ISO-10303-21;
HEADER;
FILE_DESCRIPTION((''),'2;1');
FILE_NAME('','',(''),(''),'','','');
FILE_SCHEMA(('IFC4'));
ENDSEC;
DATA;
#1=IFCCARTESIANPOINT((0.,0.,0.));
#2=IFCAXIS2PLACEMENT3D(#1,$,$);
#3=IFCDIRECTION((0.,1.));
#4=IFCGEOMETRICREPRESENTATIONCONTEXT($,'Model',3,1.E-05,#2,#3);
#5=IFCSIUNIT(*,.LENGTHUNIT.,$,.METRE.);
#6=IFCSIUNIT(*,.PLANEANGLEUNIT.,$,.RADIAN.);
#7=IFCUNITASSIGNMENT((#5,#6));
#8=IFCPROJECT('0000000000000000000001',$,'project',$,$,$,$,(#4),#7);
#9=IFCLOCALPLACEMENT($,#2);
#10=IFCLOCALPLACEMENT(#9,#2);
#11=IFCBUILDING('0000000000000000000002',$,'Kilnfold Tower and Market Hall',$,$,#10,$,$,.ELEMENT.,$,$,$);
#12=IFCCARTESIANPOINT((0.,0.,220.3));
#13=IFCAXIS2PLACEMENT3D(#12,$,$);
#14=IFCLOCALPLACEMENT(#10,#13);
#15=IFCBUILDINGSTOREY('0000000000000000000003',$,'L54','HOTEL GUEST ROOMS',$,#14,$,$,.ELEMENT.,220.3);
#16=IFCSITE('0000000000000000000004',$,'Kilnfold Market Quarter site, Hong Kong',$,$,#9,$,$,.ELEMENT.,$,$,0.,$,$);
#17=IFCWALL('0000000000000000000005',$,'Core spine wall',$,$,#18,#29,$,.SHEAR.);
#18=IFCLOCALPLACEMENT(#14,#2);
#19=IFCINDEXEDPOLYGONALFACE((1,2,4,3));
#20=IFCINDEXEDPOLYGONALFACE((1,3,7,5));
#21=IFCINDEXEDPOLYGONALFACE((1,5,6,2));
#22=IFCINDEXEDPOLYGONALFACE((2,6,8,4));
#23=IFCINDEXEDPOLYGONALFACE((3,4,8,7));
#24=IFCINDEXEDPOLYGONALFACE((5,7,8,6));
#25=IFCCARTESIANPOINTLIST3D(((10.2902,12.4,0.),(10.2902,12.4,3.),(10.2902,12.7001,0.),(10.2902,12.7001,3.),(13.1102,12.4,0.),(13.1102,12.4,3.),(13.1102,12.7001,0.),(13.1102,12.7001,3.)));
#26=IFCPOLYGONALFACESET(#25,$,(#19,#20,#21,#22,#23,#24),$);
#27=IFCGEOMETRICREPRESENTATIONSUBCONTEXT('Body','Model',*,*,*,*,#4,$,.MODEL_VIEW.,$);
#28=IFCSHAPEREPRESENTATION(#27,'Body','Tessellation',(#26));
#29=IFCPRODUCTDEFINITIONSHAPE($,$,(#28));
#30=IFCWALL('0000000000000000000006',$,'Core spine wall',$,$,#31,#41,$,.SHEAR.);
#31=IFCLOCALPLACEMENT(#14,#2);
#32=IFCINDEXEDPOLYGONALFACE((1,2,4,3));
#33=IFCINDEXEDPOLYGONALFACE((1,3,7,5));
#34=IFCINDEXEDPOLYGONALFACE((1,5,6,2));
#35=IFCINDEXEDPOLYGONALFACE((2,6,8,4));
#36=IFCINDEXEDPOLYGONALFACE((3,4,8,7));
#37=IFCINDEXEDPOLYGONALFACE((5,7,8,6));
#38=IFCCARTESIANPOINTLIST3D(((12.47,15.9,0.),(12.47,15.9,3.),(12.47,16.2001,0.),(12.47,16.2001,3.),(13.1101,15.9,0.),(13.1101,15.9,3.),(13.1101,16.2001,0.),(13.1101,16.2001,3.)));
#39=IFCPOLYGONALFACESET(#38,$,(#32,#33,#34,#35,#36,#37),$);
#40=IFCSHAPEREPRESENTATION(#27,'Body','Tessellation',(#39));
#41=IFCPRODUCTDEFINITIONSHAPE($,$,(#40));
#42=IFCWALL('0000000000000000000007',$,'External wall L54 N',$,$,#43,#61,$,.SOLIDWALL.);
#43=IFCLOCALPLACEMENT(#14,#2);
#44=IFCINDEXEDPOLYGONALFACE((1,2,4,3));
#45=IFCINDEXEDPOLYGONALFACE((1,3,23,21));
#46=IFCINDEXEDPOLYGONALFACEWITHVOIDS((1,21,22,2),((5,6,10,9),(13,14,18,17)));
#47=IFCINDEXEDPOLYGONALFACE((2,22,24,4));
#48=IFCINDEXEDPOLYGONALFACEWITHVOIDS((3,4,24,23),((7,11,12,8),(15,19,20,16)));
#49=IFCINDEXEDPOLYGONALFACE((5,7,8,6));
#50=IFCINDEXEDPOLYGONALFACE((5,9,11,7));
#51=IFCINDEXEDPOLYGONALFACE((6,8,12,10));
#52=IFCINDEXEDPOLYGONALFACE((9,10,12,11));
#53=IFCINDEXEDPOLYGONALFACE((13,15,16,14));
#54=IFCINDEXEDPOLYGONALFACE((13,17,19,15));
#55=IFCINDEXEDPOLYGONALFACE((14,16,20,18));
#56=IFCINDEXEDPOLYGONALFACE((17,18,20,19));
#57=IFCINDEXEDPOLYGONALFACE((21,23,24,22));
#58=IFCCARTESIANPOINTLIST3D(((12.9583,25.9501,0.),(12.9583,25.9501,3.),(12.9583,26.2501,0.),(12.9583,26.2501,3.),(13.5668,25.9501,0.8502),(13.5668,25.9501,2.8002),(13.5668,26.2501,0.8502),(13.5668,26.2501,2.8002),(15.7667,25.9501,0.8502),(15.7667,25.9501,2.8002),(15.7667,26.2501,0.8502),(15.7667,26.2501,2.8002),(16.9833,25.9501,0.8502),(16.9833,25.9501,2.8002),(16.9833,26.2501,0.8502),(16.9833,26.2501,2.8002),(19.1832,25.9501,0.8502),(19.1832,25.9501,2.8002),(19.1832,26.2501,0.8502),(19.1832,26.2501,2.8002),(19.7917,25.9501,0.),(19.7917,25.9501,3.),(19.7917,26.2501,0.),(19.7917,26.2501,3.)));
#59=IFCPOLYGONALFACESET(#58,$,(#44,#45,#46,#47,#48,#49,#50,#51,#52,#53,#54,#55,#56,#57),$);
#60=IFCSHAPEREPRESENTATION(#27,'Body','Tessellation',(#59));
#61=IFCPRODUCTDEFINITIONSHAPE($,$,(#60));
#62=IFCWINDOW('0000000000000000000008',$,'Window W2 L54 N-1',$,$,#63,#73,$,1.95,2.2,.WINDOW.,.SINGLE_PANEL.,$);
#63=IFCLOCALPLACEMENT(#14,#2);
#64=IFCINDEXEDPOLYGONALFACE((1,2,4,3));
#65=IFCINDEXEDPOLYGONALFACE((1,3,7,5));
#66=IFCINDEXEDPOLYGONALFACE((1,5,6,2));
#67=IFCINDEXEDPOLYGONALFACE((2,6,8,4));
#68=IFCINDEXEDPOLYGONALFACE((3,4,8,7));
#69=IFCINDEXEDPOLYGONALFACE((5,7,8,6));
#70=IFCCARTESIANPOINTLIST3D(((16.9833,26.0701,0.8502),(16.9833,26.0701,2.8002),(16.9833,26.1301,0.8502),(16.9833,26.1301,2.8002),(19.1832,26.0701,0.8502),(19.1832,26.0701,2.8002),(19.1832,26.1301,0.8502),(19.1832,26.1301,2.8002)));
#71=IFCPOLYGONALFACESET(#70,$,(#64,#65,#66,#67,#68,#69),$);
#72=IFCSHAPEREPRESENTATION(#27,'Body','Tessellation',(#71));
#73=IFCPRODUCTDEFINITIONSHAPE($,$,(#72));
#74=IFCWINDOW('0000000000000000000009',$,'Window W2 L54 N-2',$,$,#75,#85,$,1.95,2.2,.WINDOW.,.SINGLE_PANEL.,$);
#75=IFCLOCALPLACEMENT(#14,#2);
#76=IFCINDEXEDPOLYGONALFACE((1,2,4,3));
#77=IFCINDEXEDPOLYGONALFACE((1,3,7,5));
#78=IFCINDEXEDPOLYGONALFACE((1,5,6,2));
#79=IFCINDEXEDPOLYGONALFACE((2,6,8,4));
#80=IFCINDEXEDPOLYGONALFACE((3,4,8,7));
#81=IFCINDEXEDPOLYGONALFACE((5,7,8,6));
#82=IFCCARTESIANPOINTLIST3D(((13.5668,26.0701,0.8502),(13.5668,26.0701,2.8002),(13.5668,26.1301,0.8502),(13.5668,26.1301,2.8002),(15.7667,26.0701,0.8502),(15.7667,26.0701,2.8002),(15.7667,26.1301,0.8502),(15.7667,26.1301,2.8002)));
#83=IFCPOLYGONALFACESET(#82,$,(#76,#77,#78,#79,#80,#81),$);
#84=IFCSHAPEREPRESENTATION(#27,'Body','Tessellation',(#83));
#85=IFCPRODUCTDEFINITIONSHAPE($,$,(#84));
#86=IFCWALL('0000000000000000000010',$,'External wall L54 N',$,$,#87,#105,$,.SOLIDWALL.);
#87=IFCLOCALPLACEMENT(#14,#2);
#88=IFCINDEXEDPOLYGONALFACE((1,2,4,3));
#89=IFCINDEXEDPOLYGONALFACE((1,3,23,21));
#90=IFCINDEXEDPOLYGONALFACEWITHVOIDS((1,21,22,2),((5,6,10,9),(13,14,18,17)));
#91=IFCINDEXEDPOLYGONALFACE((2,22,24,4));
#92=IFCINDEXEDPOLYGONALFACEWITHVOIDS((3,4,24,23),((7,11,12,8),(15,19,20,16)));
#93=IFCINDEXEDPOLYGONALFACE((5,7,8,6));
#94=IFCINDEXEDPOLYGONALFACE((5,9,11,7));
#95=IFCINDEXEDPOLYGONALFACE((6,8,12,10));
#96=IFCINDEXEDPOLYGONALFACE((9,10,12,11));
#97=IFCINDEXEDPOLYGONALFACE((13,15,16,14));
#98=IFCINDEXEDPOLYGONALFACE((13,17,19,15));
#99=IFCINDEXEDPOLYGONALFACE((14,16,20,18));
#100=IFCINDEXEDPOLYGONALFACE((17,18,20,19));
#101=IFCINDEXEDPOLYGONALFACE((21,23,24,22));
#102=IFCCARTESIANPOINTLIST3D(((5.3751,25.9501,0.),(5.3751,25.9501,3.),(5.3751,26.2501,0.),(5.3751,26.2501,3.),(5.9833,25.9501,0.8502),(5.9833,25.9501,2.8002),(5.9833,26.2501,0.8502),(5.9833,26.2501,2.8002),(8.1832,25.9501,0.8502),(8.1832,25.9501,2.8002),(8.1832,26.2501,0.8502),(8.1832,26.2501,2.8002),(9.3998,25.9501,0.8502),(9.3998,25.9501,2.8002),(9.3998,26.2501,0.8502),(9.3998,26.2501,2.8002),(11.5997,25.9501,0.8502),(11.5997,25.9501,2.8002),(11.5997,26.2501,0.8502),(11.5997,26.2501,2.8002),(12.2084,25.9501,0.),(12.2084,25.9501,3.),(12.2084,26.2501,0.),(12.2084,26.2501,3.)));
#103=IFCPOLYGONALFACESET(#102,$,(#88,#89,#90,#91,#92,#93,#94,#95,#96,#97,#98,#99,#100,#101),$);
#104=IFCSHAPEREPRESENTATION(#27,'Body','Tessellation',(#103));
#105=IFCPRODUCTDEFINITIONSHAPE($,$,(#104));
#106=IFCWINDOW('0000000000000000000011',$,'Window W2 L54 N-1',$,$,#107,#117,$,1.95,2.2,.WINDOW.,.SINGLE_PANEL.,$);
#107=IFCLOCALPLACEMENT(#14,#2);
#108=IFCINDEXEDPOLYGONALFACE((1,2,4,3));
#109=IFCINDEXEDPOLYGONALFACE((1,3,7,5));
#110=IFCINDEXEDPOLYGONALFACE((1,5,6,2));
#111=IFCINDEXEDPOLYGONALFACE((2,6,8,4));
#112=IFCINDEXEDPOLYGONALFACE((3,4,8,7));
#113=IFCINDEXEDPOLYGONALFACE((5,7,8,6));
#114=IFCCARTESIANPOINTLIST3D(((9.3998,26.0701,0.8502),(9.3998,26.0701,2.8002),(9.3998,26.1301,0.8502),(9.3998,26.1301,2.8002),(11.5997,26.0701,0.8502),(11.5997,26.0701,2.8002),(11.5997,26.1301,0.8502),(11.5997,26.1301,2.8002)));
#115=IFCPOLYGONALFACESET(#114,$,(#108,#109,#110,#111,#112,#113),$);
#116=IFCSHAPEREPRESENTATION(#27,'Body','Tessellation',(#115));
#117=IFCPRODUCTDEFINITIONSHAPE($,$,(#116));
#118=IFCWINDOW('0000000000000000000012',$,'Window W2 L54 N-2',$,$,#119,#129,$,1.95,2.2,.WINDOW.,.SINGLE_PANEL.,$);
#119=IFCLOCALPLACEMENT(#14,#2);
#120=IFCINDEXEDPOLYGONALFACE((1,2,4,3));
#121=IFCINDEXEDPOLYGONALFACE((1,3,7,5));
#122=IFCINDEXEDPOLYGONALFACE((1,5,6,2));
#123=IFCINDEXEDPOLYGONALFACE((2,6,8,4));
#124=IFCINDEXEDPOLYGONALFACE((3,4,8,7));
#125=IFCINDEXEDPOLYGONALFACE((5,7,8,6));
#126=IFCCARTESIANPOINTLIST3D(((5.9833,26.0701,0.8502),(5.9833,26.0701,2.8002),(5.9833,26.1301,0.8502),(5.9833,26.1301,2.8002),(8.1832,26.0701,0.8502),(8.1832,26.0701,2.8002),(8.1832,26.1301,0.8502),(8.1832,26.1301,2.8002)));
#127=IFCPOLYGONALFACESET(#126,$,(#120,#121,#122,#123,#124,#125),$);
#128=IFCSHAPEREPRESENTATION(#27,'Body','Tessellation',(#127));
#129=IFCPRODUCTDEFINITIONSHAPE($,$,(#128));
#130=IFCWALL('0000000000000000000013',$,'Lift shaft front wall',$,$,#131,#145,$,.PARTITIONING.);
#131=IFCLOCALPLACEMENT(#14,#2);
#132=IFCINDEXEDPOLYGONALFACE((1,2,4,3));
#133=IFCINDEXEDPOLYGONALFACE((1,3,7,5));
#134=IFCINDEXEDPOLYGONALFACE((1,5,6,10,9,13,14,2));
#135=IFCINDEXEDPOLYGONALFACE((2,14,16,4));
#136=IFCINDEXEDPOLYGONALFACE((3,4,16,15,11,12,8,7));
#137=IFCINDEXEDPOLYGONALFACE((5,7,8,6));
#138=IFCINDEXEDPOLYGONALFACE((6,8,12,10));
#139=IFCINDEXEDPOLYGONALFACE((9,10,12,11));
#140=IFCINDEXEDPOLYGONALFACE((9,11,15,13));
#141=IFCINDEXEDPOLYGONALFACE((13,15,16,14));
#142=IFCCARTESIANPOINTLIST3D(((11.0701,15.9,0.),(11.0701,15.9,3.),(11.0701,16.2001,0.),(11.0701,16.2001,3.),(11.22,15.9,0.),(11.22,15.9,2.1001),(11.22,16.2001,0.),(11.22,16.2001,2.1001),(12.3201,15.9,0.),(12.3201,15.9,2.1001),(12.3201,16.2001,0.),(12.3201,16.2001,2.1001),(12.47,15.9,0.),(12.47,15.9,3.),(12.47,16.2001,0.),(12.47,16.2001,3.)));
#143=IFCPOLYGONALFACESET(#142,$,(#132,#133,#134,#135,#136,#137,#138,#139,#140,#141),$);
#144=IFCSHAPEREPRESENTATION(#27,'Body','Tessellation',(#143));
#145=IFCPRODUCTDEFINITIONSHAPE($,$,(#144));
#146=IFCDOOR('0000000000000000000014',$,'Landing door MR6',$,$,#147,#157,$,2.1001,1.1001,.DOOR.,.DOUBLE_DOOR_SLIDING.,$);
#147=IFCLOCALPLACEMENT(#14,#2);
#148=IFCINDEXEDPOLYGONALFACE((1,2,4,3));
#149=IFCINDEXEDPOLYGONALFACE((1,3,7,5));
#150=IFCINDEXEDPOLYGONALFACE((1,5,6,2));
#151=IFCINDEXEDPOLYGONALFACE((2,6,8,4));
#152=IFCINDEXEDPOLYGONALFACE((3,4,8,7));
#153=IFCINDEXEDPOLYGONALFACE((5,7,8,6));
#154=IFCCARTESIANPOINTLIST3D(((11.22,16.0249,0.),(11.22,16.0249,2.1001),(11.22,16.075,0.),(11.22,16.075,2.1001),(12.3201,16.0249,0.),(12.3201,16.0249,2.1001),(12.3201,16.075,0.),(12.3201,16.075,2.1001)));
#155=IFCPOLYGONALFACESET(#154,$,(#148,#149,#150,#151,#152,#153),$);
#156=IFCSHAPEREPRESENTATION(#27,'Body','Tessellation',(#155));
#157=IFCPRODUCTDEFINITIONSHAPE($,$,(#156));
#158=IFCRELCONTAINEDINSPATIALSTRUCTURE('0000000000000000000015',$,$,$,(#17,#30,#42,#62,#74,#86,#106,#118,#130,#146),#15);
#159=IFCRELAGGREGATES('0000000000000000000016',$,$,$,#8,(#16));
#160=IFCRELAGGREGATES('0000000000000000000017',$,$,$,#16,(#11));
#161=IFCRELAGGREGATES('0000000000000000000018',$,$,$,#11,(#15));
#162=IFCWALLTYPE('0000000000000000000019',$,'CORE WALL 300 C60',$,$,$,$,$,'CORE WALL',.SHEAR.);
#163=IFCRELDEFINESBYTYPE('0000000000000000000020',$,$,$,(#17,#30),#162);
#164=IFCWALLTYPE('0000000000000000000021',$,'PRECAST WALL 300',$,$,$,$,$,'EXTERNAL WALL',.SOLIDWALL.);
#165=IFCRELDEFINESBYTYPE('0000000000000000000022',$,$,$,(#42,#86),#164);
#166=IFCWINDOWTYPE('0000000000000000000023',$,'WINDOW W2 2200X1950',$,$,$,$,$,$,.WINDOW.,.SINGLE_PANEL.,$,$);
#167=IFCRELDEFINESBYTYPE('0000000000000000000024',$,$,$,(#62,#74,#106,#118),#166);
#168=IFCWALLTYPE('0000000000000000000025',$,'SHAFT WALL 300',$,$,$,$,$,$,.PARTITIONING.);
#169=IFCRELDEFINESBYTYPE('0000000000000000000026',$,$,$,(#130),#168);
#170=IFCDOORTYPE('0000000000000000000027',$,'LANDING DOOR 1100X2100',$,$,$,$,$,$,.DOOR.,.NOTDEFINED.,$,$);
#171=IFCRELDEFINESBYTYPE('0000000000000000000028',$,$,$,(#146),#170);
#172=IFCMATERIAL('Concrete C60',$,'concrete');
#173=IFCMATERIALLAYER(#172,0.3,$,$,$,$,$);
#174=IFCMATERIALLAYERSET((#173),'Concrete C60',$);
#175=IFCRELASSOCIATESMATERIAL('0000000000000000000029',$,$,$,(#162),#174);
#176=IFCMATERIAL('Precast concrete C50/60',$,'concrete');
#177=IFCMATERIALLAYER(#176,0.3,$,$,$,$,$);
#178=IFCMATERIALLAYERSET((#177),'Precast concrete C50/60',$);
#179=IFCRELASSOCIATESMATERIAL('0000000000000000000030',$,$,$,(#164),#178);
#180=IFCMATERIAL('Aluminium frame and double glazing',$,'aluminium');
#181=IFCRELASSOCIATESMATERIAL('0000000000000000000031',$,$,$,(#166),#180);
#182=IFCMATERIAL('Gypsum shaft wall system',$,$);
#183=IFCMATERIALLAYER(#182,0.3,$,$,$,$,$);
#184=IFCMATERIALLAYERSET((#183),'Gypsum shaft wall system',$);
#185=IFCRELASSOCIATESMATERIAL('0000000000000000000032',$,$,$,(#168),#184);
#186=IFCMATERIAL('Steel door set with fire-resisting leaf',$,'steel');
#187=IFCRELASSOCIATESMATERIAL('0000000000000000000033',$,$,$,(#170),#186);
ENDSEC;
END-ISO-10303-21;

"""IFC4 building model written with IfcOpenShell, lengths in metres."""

from ifc_helpers import new_model, si_unit, direction, frame, frame_2d, origin, place, context, subcontext, project, spatial, rectangle, extrude, source, transform, mapped, material, layer, layer_set, type_object, element, fill, save


model = new_model("IFC4")

# Units and contexts
model_context = context("Model", 3, precision=1e-05, world=origin(), true_north=direction((0.0, 1.0)))
body_context = subcontext(model_context, "Body", "Model", "MODEL_VIEW")
ifc_project = project(units=[si_unit("LENGTHUNIT", "METRE"), si_unit("PLANEANGLEUNIT", "RADIAN")], contexts=[model_context])

# Site, building, storey
site_placement = place(None, origin())
site = spatial("IfcSite", under=ifc_project, at=site_placement, Name="Kilnfold Market Quarter site, Hong Kong", CompositionType="ELEMENT", RefElevation=0.0)
building_placement = place(site_placement, origin())
building = spatial("IfcBuilding", under=site, at=building_placement, Name="Kilnfold Tower and Market Hall", CompositionType="ELEMENT")
storey_placement = place(building_placement, frame((0.0, 0.0, 220.3)))
storey = spatial("IfcBuildingStorey", under=building, at=storey_placement, Name="L54", Description="HOTEL GUEST ROOMS", CompositionType="ELEMENT", Elevation=220.3)

# Walls
ifc_material_1 = material(Name="Concrete C60", Category="concrete")
ifc_layer_1 = layer(ifc_material_1, 0.3)
ifc_layer_set_1 = layer_set([ifc_layer_1], Name="Concrete C60")
wall_type_1 = type_object("IfcWallType", Name="CORE WALL 300 C60", ElementType="CORE WALL", PredefinedType="SHEAR", material=ifc_layer_set_1)
shared_shape_1 = source(origin(), body_context, "Body", "SweptSolid", [
    extrude(rectangle(XDim=2.8201, YDim=0.3, at=frame_2d((1.4102, 0.0))), origin(), (0.0, 0.0, 1.0), 3.0),
])
wall_1_placement = place(storey_placement, frame((10.29, 12.55, 0.0), z_axis=(0.0, 0.0, 1.0), x_axis=(1.0, 0.0, 0.0)))
element("IfcWall", 1, at=wall_1_placement, inside=storey, type_object=wall_type_1, Name="Core spine wall", PredefinedType="SHEAR", context=body_context, shape_type="MappedRepresentation", body=[
    mapped(shared_shape_1, transform((0.0, 0.0, 0.0))),
])
shared_shape_2 = source(origin(), body_context, "Body", "SweptSolid", [
    extrude(rectangle(XDim=0.6401, YDim=0.3, at=frame_2d((0.3201, 0.0))), origin(), (0.0, 0.0, 1.0), 3.0),
])
wall_2_placement = place(storey_placement, frame((12.47, 16.05, 0.0), z_axis=(0.0, 0.0, 1.0), x_axis=(1.0, 0.0, 0.0)))
element("IfcWall", 2, at=wall_2_placement, inside=storey, type_object=wall_type_1, Name="Core spine wall", PredefinedType="SHEAR", context=body_context, shape_type="MappedRepresentation", body=[
    mapped(shared_shape_2, transform((0.0, 0.0, 0.0))),
])

# Walls, openings, windows
ifc_material_2 = material(Name="Precast concrete C50/60", Category="concrete")
ifc_layer_2 = layer(ifc_material_2, 0.3)
ifc_layer_set_2 = layer_set([ifc_layer_2], Name="Precast concrete C50/60")
wall_type_2 = type_object("IfcWallType", Name="PRECAST WALL 300", ElementType="EXTERNAL WALL", PredefinedType="SOLIDWALL", material=ifc_layer_set_2)
shared_shape_3 = source(origin(), body_context, "Body", "SweptSolid", [
    extrude(rectangle(XDim=6.8335, YDim=0.3, at=frame_2d((3.4167, 0.0))), origin(), (0.0, 0.0, 1.0), 3.0),
])
wall_3_placement = place(storey_placement, frame((19.7917, 26.1001, 0.0), z_axis=(0.0, 0.0, 1.0), x_axis=(-1.0, 0.0, 0.0)))
wall_3 = element("IfcWall", 3, at=wall_3_placement, inside=storey, type_object=wall_type_2, Name="External wall L54 N", PredefinedType="SOLIDWALL", context=body_context, shape_type="MappedRepresentation", body=[
    mapped(shared_shape_3, transform((0.0, 0.0, 0.0))),
])
opening_1_placement = place(wall_3_placement, frame((0.6084, 0.0, 0.8501)))
opening_1 = element("IfcOpeningElement", 4, at=opening_1_placement, cuts=wall_3, PredefinedType="OPENING", context=body_context, shape_type="SweptSolid", body=[
    extrude(rectangle(XDim=2.2, YDim=1.95, at=frame_2d((1.1001, 0.9751))), frame((0.0, 0.1602, 0.0), z_axis=(0.0, -1.0, 0.0), x_axis=(1.0, 0.0, 0.0)), (0.0, 0.0, 1.0), 0.3201),
])
opening_2_placement = place(wall_3_placement, frame((4.0249, 0.0, 0.8501)))
opening_2 = element("IfcOpeningElement", 5, at=opening_2_placement, cuts=wall_3, PredefinedType="OPENING", context=body_context, shape_type="SweptSolid", body=[
    extrude(rectangle(XDim=2.2, YDim=1.95, at=frame_2d((1.1001, 0.9751))), frame((0.0, 0.1602, 0.0), z_axis=(0.0, -1.0, 0.0), x_axis=(1.0, 0.0, 0.0)), (0.0, 0.0, 1.0), 0.3201),
])
ifc_material_3 = material(Name="Aluminium frame and double glazing", Category="aluminium")
window_type = type_object("IfcWindowType", Name="WINDOW W2 2200X1950", PartitioningType="SINGLE_PANEL", PredefinedType="WINDOW", material=ifc_material_3)
window_1_placement = place(opening_1_placement, origin())
window_1 = element("IfcWindow", 6, at=window_1_placement, inside=storey, type_object=window_type, Name="Window W2 L54 N-1", OverallHeight=1.95, OverallWidth=2.2, PartitioningType="SINGLE_PANEL", PredefinedType="WINDOW", context=body_context, shape_type="SweptSolid", body=[
    extrude(rectangle(XDim=2.2, YDim=1.95, at=frame_2d((1.1001, 0.9751))), frame((0.0, 0.03, 0.0), z_axis=(0.0, -1.0, 0.0), x_axis=(1.0, 0.0, 0.0)), (0.0, 0.0, 1.0), 0.0601),
])
fill(opening_1, window_1)
window_2_placement = place(opening_2_placement, origin())
window_2 = element("IfcWindow", 7, at=window_2_placement, inside=storey, type_object=window_type, Name="Window W2 L54 N-2", OverallHeight=1.95, OverallWidth=2.2, PartitioningType="SINGLE_PANEL", PredefinedType="WINDOW", context=body_context, shape_type="SweptSolid", body=[
    extrude(rectangle(XDim=2.2, YDim=1.95, at=frame_2d((1.1001, 0.9751))), frame((0.0, 0.03, 0.0), z_axis=(0.0, -1.0, 0.0), x_axis=(1.0, 0.0, 0.0)), (0.0, 0.0, 1.0), 0.0601),
])
fill(opening_2, window_2)
shared_shape_4 = source(origin(), body_context, "Body", "SweptSolid", [
    extrude(rectangle(XDim=6.8333, YDim=0.3, at=frame_2d((3.4165, 0.0))), origin(), (0.0, 0.0, 1.0), 3.0),
])
wall_4_placement = place(storey_placement, frame((12.2083, 26.1001, 0.0), z_axis=(0.0, 0.0, 1.0), x_axis=(-1.0, 0.0, 0.0)))
wall_4 = element("IfcWall", 8, at=wall_4_placement, inside=storey, type_object=wall_type_2, Name="External wall L54 N", PredefinedType="SOLIDWALL", context=body_context, shape_type="MappedRepresentation", body=[
    mapped(shared_shape_4, transform((0.0, 0.0, 0.0))),
])
opening_3_placement = place(wall_4_placement, frame((0.6084, 0.0, 0.8501)))
opening_3 = element("IfcOpeningElement", 9, at=opening_3_placement, cuts=wall_4, PredefinedType="OPENING", context=body_context, shape_type="SweptSolid", body=[
    extrude(rectangle(XDim=2.2, YDim=1.95, at=frame_2d((1.1001, 0.9751))), frame((0.0, 0.1602, 0.0), z_axis=(0.0, -1.0, 0.0), x_axis=(1.0, 0.0, 0.0)), (0.0, 0.0, 1.0), 0.3201),
])
opening_4_placement = place(wall_4_placement, frame((4.0249, 0.0, 0.8501)))
opening_4 = element("IfcOpeningElement", 10, at=opening_4_placement, cuts=wall_4, PredefinedType="OPENING", context=body_context, shape_type="SweptSolid", body=[
    extrude(rectangle(XDim=2.2, YDim=1.95, at=frame_2d((1.1001, 0.9751))), frame((0.0, 0.1602, 0.0), z_axis=(0.0, -1.0, 0.0), x_axis=(1.0, 0.0, 0.0)), (0.0, 0.0, 1.0), 0.3201),
])
window_3_placement = place(opening_3_placement, origin())
window_3 = element("IfcWindow", 11, at=window_3_placement, inside=storey, type_object=window_type, Name="Window W2 L54 N-1", OverallHeight=1.95, OverallWidth=2.2, PartitioningType="SINGLE_PANEL", PredefinedType="WINDOW", context=body_context, shape_type="SweptSolid", body=[
    extrude(rectangle(XDim=2.2, YDim=1.95, at=frame_2d((1.1001, 0.9751))), frame((0.0, 0.03, 0.0), z_axis=(0.0, -1.0, 0.0), x_axis=(1.0, 0.0, 0.0)), (0.0, 0.0, 1.0), 0.0601),
])
fill(opening_3, window_3)
window_4_placement = place(opening_4_placement, origin())
window_4 = element("IfcWindow", 12, at=window_4_placement, inside=storey, type_object=window_type, Name="Window W2 L54 N-2", OverallHeight=1.95, OverallWidth=2.2, PartitioningType="SINGLE_PANEL", PredefinedType="WINDOW", context=body_context, shape_type="SweptSolid", body=[
    extrude(rectangle(XDim=2.2, YDim=1.95, at=frame_2d((1.1001, 0.9751))), frame((0.0, 0.03, 0.0), z_axis=(0.0, -1.0, 0.0), x_axis=(1.0, 0.0, 0.0)), (0.0, 0.0, 1.0), 0.0601),
])
fill(opening_4, window_4)

# Wall, opening, door
ifc_material_4 = material(Name="Gypsum shaft wall system")
ifc_layer_3 = layer(ifc_material_4, 0.3)
ifc_layer_set_3 = layer_set([ifc_layer_3], Name="Gypsum shaft wall system")
wall_type_3 = type_object("IfcWallType", Name="SHAFT WALL 300", PredefinedType="PARTITIONING", material=ifc_layer_set_3)
shared_shape_5 = source(origin(), body_context, "Body", "SweptSolid", [
    extrude(rectangle(XDim=1.3999, YDim=0.3, at=frame_2d((0.7, 0.0))), origin(), (0.0, 0.0, 1.0), 3.0),
])
wall_5_placement = place(storey_placement, frame((11.0701, 16.05, 0.0), z_axis=(0.0, 0.0, 1.0), x_axis=(1.0, 0.0, 0.0)))
wall_5 = element("IfcWall", 13, at=wall_5_placement, inside=storey, type_object=wall_type_3, Name="Lift shaft front wall", PredefinedType="PARTITIONING", context=body_context, shape_type="MappedRepresentation", body=[
    mapped(shared_shape_5, transform((0.0, 0.0, 0.0))),
])
opening_5_placement = place(wall_5_placement, frame((0.1499, 0.0, 0.0)))
opening_5 = element("IfcOpeningElement", 14, at=opening_5_placement, cuts=wall_5, PredefinedType="OPENING", context=body_context, shape_type="SweptSolid", body=[
    extrude(rectangle(XDim=1.1001, YDim=2.1001, at=frame_2d((0.55, 1.05))), frame((0.0, 0.1602, 0.0), z_axis=(0.0, -1.0, 0.0), x_axis=(1.0, 0.0, 0.0)), (0.0, 0.0, 1.0), 0.3201),
])
ifc_material_5 = material(Name="Steel door set with fire-resisting leaf", Category="steel")
door_type_1 = type_object("IfcDoorType", Name="LANDING DOOR 1100X2100", OperationType="NOTDEFINED", PredefinedType="DOOR", material=ifc_material_5)
door_1_placement = place(opening_5_placement, origin())
door_1 = element("IfcDoor", 15, at=door_1_placement, inside=storey, type_object=door_type_1, Name="Landing door MR6", OperationType="DOUBLE_DOOR_SLIDING", OverallHeight=2.1001, OverallWidth=1.1001, PredefinedType="DOOR", context=body_context, shape_type="SweptSolid", body=[
    extrude(rectangle(XDim=1.1001, YDim=2.1001, at=frame_2d((0.55, 1.05))), frame((0.0, 0.0249, 0.0), z_axis=(0.0, -1.0, 0.0), x_axis=(1.0, 0.0, 0.0)), (0.0, 0.0, 1.0), 0.05),
])
fill(opening_5, door_1)

save(model, "model.ifc")
